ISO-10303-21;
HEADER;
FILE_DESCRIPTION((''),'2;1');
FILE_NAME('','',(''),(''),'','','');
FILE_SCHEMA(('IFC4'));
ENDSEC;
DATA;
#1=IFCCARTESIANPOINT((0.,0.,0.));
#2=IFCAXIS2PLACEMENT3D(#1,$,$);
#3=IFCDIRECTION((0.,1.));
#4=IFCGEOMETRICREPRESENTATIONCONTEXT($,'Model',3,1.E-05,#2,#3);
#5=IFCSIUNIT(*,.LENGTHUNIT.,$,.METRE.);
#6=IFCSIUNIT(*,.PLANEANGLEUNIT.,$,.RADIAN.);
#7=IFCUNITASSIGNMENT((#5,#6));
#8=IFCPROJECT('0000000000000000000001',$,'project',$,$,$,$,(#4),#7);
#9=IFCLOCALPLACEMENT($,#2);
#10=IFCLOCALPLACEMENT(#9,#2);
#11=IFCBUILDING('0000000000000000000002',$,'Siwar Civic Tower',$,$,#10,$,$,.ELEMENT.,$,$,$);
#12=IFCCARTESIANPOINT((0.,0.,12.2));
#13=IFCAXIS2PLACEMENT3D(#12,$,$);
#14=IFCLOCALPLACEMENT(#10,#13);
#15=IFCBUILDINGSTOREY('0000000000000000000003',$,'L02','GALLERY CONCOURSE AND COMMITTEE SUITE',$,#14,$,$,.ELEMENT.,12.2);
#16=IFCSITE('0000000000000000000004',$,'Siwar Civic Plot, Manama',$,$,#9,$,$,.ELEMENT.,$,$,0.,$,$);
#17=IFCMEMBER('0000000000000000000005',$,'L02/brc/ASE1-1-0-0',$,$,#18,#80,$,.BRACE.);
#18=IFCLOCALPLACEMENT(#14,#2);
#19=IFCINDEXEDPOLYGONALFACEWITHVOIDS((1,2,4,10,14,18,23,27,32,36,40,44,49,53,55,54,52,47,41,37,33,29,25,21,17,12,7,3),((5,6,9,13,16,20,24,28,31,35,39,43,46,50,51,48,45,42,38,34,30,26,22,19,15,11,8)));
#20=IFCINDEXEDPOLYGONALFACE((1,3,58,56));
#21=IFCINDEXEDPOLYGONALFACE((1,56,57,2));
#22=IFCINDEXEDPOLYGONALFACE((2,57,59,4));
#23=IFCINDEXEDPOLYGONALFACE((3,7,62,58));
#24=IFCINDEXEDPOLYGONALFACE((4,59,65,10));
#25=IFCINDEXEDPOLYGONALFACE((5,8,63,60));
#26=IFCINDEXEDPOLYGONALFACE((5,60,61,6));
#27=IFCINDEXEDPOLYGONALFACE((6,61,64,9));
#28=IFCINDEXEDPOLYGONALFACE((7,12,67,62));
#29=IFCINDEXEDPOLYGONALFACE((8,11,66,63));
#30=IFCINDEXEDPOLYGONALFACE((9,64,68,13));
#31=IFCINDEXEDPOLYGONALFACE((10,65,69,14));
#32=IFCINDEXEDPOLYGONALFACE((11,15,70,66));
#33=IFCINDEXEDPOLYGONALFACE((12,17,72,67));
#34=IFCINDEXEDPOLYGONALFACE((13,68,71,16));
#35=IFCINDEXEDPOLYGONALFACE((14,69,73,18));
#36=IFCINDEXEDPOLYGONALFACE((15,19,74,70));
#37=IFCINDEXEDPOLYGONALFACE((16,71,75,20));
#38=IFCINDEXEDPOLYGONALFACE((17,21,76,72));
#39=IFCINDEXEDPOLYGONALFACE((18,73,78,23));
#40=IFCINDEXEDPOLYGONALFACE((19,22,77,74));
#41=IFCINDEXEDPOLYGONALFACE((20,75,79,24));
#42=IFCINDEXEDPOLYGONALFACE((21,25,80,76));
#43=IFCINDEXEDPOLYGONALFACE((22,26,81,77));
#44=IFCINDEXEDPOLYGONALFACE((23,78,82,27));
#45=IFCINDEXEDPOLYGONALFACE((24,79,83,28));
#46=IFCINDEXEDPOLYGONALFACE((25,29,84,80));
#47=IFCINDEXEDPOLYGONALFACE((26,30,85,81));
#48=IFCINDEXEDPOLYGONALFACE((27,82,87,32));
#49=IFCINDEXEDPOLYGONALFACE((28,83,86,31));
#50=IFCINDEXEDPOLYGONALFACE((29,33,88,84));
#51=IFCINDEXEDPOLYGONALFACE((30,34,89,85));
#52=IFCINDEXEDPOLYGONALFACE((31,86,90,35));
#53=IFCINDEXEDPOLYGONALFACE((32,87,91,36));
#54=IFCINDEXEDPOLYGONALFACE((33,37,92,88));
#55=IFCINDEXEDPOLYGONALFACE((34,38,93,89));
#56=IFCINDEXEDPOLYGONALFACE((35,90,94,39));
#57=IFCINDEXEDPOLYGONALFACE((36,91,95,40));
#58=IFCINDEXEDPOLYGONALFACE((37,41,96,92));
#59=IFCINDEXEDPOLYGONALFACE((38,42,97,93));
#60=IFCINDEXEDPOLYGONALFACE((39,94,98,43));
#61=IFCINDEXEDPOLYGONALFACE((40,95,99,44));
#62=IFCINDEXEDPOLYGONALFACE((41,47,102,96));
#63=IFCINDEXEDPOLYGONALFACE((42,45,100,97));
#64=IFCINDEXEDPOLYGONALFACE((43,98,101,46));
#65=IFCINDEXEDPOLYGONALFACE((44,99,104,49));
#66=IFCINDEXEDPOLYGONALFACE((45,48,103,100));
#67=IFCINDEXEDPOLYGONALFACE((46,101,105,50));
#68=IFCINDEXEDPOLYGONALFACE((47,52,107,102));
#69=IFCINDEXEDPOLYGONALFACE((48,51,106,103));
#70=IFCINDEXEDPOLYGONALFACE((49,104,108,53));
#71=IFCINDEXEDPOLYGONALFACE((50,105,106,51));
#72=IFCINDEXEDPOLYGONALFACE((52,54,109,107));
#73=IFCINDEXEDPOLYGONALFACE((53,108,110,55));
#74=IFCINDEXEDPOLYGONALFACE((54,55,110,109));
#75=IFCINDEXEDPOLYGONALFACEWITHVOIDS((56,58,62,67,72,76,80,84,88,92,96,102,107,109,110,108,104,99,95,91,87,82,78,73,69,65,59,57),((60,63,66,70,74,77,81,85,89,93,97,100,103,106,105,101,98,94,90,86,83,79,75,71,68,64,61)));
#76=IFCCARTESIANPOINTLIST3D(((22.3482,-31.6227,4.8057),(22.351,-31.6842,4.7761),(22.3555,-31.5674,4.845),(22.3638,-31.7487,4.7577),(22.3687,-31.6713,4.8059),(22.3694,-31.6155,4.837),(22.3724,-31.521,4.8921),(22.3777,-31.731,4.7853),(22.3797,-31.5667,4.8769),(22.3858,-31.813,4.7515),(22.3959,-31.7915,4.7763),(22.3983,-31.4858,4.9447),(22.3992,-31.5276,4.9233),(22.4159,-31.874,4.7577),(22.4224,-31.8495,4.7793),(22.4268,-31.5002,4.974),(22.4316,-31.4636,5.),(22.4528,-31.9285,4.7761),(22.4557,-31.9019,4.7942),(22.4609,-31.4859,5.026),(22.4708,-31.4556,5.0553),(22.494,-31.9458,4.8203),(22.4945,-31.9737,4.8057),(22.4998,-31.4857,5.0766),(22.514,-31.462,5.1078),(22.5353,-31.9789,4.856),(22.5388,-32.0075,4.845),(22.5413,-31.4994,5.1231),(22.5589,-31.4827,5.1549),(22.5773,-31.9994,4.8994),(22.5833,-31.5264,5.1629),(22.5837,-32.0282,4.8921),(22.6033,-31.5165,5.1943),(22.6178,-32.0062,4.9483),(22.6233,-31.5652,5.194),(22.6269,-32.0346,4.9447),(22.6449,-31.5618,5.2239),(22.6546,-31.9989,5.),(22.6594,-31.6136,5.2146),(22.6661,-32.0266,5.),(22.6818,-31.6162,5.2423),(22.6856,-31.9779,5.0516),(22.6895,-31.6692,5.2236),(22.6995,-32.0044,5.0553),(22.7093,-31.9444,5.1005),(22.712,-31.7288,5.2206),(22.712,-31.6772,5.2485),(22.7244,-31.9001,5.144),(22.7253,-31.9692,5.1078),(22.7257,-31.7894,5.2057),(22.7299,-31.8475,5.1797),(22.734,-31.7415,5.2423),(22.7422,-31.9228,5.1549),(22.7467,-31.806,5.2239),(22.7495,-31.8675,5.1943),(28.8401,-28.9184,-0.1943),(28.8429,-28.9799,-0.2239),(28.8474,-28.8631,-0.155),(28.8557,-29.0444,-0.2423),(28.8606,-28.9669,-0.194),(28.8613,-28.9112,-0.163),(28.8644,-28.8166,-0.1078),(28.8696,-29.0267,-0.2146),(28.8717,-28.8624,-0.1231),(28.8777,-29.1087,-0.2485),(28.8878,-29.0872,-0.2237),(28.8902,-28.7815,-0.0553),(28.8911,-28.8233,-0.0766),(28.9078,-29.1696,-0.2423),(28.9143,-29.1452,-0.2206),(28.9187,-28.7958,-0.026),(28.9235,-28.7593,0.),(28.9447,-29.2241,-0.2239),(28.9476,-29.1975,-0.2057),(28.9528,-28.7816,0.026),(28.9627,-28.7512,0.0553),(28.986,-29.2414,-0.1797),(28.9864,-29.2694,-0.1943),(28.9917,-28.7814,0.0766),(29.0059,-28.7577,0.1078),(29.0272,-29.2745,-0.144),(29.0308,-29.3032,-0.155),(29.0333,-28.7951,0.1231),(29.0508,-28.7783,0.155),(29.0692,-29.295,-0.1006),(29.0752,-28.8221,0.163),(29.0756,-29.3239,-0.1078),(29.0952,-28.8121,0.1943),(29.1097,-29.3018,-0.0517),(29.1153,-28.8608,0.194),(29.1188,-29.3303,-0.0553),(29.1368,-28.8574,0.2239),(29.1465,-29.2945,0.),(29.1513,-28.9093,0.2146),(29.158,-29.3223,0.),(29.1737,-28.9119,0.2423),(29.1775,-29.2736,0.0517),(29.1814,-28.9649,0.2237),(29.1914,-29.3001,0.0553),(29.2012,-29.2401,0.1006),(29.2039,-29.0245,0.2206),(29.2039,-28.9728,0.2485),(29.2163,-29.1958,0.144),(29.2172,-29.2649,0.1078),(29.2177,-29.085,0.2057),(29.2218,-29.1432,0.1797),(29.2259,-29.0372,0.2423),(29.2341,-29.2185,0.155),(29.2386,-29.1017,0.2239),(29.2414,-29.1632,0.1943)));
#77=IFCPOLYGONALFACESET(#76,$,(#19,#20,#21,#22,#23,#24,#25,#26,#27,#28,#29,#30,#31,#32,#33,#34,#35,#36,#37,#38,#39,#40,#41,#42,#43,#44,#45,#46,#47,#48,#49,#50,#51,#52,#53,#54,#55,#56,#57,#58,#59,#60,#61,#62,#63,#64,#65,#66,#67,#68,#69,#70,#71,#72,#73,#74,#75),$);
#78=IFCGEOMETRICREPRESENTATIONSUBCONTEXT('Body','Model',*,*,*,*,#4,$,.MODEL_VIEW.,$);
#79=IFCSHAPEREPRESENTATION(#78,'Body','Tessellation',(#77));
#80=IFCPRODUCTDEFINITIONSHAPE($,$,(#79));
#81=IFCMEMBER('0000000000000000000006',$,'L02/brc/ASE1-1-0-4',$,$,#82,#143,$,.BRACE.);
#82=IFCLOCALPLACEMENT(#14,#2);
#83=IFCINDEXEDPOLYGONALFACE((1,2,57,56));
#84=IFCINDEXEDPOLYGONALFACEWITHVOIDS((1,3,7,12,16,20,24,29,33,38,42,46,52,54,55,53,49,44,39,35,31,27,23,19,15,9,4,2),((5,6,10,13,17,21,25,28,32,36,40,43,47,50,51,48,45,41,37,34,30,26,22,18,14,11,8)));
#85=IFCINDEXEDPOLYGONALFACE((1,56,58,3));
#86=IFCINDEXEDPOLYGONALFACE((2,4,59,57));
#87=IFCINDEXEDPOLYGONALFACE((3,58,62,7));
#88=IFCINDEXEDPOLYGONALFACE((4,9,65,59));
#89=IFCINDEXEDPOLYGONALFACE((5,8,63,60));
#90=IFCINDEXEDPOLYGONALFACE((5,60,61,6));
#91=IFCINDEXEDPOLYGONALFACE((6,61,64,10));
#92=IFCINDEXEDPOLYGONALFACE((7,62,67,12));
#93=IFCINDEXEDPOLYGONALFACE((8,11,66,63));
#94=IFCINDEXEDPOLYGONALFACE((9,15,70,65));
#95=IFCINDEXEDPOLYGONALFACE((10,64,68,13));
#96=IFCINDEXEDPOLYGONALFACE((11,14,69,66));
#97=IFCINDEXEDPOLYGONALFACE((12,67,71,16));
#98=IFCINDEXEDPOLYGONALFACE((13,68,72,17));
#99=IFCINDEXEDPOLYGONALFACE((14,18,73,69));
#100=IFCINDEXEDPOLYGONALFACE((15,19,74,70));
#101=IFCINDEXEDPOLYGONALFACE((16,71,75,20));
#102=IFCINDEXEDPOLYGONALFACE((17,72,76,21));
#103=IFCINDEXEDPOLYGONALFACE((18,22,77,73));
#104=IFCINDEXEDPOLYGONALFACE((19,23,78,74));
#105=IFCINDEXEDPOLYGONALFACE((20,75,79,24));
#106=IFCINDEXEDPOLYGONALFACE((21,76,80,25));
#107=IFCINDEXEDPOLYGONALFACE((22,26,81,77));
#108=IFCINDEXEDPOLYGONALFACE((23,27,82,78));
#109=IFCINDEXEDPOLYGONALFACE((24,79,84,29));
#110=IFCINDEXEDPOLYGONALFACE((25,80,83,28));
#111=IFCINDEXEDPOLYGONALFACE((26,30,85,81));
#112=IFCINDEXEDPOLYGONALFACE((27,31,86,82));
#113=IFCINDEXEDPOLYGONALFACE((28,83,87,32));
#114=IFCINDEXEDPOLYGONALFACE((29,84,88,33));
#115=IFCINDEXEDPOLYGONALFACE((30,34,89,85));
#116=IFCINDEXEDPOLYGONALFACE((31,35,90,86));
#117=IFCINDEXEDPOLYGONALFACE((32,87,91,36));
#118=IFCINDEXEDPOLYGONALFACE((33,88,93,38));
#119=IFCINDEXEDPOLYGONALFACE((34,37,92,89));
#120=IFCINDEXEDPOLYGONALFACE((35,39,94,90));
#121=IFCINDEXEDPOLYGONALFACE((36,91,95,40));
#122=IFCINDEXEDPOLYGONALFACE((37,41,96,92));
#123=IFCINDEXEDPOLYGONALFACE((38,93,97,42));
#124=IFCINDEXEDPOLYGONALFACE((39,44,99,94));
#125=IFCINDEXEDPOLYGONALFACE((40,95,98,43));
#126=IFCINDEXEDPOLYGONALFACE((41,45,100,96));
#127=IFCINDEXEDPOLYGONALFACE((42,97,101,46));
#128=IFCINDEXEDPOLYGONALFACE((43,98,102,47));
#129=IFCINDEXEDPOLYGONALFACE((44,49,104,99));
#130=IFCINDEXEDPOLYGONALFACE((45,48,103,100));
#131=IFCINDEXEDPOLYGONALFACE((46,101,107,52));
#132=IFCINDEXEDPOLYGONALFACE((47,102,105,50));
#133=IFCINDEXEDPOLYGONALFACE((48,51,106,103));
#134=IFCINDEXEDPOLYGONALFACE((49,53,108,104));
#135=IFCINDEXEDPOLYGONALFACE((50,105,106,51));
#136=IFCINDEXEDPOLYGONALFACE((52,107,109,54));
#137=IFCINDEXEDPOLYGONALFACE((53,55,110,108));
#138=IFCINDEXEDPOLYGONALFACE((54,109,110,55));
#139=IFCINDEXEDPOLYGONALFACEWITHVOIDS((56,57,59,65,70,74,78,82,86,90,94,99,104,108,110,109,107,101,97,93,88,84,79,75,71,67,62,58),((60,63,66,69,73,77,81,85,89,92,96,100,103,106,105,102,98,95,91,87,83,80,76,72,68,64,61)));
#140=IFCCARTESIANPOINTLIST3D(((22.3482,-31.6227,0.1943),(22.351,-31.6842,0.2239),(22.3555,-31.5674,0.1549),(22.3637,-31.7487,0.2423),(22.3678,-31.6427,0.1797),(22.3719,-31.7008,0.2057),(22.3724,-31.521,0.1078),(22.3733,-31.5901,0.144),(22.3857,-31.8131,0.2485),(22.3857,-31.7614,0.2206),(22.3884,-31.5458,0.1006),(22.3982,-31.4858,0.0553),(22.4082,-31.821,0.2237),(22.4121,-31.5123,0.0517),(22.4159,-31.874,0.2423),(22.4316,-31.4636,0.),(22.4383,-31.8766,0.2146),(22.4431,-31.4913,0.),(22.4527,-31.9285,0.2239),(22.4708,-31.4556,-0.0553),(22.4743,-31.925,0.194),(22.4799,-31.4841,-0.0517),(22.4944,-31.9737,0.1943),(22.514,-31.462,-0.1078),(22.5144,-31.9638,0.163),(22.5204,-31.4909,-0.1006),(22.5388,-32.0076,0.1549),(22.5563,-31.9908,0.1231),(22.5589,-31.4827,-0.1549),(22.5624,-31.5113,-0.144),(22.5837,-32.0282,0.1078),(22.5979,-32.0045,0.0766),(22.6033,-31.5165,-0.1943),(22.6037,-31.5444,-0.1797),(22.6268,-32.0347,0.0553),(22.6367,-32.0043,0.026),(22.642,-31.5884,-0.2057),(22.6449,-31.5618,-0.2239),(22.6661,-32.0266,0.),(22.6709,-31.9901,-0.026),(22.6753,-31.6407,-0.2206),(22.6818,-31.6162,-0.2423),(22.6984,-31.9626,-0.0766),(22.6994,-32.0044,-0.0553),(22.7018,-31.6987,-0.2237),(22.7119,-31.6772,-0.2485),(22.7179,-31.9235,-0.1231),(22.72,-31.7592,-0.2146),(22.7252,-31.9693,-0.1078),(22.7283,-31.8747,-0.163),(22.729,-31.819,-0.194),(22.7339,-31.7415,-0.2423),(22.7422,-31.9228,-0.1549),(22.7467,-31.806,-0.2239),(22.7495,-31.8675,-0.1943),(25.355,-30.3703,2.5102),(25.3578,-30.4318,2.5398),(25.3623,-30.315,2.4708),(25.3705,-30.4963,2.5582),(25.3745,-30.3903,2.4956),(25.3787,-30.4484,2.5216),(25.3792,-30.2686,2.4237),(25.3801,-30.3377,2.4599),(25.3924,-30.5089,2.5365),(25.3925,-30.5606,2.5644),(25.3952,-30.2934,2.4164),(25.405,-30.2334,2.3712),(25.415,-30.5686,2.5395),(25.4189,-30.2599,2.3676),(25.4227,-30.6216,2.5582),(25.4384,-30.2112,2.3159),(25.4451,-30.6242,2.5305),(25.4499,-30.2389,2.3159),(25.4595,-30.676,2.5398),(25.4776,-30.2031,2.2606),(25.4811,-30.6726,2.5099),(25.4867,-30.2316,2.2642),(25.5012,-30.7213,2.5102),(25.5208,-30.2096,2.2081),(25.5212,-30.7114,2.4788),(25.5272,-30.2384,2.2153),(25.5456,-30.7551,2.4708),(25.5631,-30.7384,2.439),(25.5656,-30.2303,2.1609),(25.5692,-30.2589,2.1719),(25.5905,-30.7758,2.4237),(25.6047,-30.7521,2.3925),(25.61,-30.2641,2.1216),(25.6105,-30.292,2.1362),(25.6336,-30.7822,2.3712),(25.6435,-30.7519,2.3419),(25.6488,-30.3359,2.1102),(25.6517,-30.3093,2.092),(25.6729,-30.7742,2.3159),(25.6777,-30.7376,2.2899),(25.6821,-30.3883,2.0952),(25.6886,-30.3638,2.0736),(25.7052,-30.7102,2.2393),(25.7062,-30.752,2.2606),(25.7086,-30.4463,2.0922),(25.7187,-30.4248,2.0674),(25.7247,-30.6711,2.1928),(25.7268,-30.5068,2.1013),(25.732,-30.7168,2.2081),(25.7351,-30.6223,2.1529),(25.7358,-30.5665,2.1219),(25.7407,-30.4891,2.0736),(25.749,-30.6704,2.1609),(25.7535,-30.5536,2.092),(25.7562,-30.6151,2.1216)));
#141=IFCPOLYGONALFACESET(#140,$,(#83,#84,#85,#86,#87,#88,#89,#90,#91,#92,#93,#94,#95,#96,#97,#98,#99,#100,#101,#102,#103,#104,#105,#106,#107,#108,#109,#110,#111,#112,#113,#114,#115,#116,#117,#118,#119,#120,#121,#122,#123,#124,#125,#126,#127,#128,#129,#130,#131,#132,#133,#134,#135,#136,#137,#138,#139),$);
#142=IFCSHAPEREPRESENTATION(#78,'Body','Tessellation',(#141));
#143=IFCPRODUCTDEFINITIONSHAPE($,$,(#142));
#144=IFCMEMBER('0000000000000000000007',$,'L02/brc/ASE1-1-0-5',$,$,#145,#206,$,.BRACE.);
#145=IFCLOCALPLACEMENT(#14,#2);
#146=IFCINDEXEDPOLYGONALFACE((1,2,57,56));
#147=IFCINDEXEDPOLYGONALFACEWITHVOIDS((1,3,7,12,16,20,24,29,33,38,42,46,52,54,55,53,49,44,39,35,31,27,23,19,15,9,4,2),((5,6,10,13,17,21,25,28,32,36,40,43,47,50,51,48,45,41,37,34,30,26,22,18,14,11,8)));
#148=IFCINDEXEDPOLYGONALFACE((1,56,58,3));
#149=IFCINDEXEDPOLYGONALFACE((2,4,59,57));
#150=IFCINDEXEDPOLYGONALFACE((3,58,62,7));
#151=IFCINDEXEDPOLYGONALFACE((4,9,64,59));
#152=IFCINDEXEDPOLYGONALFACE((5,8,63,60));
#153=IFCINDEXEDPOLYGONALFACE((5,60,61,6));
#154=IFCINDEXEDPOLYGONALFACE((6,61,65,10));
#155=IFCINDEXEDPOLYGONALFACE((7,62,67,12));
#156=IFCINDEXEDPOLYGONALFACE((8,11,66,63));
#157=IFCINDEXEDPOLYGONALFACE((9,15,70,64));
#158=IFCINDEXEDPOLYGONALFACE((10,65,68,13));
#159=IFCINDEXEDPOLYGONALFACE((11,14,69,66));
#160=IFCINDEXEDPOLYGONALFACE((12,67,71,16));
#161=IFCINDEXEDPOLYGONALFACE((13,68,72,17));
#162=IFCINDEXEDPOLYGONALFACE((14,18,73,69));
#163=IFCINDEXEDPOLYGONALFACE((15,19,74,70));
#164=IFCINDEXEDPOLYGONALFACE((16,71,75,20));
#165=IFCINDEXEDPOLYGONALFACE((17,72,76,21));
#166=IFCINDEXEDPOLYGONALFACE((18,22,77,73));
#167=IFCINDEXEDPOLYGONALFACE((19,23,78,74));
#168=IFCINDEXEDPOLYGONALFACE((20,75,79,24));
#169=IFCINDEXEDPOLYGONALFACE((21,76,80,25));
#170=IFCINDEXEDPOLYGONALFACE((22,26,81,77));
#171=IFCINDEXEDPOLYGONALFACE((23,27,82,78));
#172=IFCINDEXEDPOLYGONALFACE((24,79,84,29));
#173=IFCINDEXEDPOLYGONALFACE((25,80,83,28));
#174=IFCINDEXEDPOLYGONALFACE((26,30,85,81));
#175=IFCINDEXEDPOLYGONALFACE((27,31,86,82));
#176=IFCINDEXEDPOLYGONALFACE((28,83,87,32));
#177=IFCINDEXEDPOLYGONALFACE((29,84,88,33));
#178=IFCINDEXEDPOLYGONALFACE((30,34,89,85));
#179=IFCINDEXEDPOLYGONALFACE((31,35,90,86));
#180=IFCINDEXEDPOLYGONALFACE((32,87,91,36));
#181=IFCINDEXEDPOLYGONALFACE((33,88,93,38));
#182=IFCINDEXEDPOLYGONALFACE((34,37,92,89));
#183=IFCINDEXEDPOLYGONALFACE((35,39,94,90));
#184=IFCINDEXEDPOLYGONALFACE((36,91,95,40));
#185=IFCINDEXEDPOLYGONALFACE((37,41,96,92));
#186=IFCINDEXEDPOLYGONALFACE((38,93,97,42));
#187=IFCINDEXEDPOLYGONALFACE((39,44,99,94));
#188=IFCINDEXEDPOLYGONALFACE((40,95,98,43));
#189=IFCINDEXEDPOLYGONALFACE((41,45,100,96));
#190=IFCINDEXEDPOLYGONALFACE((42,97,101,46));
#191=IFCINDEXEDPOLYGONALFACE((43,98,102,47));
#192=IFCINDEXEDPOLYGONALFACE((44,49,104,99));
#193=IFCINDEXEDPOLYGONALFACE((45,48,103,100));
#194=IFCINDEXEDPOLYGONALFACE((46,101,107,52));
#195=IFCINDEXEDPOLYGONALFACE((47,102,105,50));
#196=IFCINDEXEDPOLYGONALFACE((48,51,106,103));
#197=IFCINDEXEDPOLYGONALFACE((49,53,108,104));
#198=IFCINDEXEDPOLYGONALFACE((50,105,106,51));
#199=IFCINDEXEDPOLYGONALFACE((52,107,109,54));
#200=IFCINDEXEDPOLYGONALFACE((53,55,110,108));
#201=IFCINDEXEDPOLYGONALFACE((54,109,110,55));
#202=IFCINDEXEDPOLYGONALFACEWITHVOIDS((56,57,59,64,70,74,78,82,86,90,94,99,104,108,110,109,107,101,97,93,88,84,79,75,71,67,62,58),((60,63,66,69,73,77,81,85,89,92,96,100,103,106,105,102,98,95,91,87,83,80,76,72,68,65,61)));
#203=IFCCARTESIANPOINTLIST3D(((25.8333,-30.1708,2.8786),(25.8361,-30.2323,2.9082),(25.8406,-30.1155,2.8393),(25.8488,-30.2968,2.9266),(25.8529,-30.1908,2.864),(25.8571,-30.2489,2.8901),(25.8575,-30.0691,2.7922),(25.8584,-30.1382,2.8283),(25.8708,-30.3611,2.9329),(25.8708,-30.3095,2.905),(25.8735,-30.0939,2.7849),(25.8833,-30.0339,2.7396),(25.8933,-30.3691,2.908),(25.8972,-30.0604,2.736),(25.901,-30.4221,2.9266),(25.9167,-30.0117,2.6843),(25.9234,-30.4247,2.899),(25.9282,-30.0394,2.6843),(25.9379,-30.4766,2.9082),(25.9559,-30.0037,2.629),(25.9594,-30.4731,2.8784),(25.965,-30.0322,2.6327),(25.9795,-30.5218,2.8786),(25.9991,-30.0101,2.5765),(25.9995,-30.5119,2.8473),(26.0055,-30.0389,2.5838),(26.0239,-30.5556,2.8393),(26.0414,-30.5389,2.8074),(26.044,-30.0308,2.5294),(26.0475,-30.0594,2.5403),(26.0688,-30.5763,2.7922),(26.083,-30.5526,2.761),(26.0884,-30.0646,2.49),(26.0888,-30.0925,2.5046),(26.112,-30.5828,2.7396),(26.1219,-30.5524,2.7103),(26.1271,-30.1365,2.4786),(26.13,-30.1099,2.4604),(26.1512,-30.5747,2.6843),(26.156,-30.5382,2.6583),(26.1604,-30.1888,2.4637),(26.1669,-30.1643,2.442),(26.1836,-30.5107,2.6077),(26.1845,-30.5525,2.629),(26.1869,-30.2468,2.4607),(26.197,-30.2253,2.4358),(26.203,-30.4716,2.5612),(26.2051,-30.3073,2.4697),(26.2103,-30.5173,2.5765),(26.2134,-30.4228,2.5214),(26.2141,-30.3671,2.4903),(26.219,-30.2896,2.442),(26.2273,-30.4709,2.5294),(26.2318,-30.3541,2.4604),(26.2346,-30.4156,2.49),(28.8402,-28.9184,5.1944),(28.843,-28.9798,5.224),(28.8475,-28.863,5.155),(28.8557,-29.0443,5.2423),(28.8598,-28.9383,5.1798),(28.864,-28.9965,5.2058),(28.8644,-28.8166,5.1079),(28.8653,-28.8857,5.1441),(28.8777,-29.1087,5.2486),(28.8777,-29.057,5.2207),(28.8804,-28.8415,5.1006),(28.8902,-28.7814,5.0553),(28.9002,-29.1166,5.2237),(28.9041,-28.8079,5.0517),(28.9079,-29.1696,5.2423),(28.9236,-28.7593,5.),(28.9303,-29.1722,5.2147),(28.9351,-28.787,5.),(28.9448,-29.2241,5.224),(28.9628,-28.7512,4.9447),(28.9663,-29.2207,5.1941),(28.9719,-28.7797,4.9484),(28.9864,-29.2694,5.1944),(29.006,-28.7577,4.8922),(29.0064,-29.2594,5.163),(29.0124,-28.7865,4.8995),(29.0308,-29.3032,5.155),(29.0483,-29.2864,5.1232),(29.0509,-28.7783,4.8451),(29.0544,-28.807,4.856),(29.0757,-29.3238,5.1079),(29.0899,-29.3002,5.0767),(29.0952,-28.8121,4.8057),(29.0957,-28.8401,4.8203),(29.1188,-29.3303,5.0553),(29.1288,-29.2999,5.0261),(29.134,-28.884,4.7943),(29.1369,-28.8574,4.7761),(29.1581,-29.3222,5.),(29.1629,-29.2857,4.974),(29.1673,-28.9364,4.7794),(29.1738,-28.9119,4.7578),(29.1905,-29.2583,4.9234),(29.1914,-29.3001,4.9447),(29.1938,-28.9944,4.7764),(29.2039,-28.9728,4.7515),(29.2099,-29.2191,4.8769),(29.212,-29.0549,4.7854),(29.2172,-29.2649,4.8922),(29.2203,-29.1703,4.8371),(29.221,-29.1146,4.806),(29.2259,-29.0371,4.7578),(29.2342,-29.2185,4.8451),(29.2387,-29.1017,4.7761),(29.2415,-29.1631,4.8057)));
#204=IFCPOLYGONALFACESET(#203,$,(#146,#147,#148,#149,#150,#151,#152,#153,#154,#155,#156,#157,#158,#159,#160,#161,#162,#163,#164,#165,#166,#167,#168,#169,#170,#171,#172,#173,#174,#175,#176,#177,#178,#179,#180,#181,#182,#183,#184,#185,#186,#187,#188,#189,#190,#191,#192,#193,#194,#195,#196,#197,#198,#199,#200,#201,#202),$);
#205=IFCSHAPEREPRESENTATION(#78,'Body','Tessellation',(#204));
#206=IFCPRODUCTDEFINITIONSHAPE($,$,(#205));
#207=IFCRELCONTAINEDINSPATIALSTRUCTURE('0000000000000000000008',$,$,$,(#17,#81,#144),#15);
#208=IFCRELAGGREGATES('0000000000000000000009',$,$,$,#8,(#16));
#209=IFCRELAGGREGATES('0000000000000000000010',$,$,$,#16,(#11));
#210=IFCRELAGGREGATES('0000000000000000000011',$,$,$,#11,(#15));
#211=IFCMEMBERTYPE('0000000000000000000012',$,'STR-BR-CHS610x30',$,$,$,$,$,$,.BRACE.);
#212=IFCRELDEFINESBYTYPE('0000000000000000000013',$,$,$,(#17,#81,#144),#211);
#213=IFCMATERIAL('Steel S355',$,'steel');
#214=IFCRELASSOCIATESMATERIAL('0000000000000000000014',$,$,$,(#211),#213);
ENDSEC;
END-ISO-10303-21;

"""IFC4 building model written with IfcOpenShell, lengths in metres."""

from ifc_helpers import new_model, si_unit, direction, frame, origin, origin_2d, place, context, subcontext, project, spatial, hollow_circle, extrude, material, material_profile, profile_set, type_object, element, save


model = new_model("IFC4")

# Units and contexts
model_context = context("Model", 3, precision=1e-05, world=origin(), true_north=direction((0.0, 1.0)))
body_context = subcontext(model_context, "Body", "Model", "MODEL_VIEW")
ifc_project = project(units=[si_unit("LENGTHUNIT", "METRE"), si_unit("PLANEANGLEUNIT", "RADIAN")], contexts=[model_context])

# Site, building, storey
site_placement = place(None, origin())
site = spatial("IfcSite", under=ifc_project, at=site_placement, Name="Siwar Civic Plot, Manama", CompositionType="ELEMENT", RefElevation=0.0)
building_placement = place(site_placement, origin())
building = spatial("IfcBuilding", under=site, at=building_placement, Name="Siwar Civic Tower", CompositionType="ELEMENT")
storey_placement = place(building_placement, frame((0.0, 0.0, 12.2)))
storey = spatial("IfcBuildingStorey", under=building, at=storey_placement, Name="L02", Description="GALLERY CONCOURSE AND COMMITTEE SUITE", CompositionType="ELEMENT", Elevation=12.2)

# Members
ifc_material_1 = material(Name="Steel S355", Category="steel")
ifc_material_profile_1 = material_profile(ifc_material_1, hollow_circle(Radius=0.3049, WallThickness=0.03, at=origin_2d()), Name="CHS610x30")
ifc_profile_set_1 = profile_set([ifc_material_profile_1], Name="Steel S355")
member_type_1 = type_object("IfcMemberType", Name="STR-BR-CHS610x30", PredefinedType="BRACE", material=ifc_profile_set_1)
member_1_placement = place(storey_placement, frame((29.0408, -29.0408, 0.0), z_axis=(-0.752344, -0.313404, 0.579445), x_axis=(0.384539, -0.923109, 0.0)))
element("IfcMember", 1, at=member_1_placement, inside=storey, type_object=member_type_1, Name="L02/brc/ASE1-1-0-0", PredefinedType="BRACE", context=body_context, shape_type="SweptSolid", body=[
    extrude(hollow_circle(Radius=0.3049, WallThickness=0.03, at=origin_2d()), origin(), (0.0, 0.0, 1.0), 8.6289),
])
for number, where, z_axis, x_axis, name in (
    (2, (22.5488, -31.7451, 0.0), (0.752341, 0.313373, 0.579466), (-0.384509, 0.923121, 0.0), "L02/brc/ASE1-1-0-4"),
    (3, (26.0339, -30.2932, 2.6843), (0.752367, 0.313385, 0.579425), (-0.384509, 0.923121, 0.0), "L02/brc/ASE1-1-0-5"),
):
    element("IfcMember", number, at=place(storey_placement, frame(where, z_axis=z_axis, x_axis=x_axis)), inside=storey, type_object=member_type_1, Name=name, PredefinedType="BRACE", context=body_context, shape_type="SweptSolid", body=[
        extrude(hollow_circle(Radius=0.3049, WallThickness=0.03, at=origin_2d()), origin(), (0.0, 0.0, 1.0), 3.9966),
    ])

save(model, "model.ifc")
